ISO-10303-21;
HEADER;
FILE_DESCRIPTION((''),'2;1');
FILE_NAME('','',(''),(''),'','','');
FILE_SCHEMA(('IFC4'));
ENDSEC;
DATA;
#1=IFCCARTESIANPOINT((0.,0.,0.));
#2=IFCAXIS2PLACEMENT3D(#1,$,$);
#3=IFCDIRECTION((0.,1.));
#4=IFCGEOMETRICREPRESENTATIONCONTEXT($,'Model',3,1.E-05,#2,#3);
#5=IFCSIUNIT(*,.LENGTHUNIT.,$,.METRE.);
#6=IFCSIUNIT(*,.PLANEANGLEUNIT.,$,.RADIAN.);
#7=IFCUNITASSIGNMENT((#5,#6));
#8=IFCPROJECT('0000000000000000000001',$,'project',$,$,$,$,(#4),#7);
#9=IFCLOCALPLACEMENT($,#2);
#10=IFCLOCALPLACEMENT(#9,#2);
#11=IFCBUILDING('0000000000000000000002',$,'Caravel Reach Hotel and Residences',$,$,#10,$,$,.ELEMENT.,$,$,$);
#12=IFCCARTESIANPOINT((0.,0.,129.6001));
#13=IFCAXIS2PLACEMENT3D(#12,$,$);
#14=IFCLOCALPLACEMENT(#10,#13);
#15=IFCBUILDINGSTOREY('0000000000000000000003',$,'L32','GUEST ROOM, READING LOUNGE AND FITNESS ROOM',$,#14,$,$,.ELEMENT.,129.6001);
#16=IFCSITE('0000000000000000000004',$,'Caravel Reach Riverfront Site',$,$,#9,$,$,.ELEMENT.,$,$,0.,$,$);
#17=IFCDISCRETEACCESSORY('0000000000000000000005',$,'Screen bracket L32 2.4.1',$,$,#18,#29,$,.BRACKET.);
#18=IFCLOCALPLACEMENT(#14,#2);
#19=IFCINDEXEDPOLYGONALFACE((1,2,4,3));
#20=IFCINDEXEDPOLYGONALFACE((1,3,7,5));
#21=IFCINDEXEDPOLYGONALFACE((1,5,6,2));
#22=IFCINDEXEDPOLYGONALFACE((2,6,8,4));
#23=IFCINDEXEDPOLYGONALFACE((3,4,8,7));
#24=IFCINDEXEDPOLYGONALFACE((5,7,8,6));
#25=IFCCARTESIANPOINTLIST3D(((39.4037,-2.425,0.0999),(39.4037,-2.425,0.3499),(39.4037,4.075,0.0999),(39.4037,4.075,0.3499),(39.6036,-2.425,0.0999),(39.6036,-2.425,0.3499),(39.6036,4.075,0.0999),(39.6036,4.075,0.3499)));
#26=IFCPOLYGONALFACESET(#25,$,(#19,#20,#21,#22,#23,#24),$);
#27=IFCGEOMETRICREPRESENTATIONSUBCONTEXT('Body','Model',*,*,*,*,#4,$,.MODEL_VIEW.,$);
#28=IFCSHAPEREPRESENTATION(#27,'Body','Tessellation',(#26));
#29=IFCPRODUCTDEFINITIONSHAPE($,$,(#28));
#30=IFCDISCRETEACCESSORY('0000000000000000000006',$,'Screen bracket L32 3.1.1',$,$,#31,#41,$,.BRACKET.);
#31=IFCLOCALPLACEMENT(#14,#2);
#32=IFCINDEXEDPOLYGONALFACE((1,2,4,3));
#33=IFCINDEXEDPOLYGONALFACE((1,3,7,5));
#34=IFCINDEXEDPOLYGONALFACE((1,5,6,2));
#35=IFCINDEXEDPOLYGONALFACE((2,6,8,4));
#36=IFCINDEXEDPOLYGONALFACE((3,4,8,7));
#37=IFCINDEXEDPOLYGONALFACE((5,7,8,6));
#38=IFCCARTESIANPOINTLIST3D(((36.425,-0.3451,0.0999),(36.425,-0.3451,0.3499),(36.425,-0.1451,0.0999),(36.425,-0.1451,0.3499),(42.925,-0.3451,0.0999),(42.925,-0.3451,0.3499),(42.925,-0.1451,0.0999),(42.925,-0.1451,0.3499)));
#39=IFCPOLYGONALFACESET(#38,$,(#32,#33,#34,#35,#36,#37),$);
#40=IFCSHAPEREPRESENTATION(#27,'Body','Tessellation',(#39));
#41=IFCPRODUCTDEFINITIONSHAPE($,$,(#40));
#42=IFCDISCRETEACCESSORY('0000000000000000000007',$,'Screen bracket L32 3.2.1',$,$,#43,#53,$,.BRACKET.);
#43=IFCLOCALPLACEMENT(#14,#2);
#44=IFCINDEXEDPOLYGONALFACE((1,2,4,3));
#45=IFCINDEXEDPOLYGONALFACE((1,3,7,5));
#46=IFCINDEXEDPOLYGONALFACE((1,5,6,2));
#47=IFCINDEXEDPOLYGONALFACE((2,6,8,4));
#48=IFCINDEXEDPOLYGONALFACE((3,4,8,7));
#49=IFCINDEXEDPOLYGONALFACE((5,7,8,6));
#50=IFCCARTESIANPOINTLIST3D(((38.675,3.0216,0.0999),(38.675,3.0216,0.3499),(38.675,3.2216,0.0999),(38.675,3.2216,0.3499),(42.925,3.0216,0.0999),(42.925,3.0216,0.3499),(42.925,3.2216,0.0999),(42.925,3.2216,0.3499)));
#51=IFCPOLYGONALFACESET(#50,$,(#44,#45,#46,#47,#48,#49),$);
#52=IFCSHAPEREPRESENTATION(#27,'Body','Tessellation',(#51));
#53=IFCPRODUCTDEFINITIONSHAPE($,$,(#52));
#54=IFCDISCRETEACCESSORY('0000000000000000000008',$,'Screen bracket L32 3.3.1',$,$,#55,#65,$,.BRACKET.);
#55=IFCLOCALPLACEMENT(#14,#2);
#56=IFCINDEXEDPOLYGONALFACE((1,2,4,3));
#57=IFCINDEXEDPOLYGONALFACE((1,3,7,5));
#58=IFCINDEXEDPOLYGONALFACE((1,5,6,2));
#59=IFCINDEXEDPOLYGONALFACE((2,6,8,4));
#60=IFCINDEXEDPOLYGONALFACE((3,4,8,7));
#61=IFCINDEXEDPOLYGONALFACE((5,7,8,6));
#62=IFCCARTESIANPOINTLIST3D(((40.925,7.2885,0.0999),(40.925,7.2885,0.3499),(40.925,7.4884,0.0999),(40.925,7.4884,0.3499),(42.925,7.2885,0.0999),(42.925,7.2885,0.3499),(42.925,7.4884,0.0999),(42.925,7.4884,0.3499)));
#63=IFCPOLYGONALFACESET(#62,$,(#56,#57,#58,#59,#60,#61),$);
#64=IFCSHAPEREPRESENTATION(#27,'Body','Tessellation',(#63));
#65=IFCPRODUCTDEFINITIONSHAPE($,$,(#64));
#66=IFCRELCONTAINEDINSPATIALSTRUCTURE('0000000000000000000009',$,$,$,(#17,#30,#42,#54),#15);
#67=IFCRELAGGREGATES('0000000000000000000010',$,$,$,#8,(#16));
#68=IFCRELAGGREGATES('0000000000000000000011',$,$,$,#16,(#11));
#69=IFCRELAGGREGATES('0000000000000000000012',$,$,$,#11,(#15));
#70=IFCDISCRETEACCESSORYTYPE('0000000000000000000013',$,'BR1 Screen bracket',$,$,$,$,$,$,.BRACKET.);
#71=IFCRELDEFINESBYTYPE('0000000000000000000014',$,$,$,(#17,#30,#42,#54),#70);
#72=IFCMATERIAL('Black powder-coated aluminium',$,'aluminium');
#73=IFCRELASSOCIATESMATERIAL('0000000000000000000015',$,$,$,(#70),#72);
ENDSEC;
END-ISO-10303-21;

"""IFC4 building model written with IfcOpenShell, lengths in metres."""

from ifc_helpers import new_model, si_unit, direction, frame, origin, origin_2d, place, context, subcontext, project, spatial, rectangle, extrude, material, type_object, element, save


model = new_model("IFC4")

# Units and contexts
model_context = context("Model", 3, precision=1e-05, world=origin(), true_north=direction((0.0, 1.0)))
body_context = subcontext(model_context, "Body", "Model", "MODEL_VIEW")
ifc_project = project(units=[si_unit("LENGTHUNIT", "METRE"), si_unit("PLANEANGLEUNIT", "RADIAN")], contexts=[model_context])

# Site, building, storey
site_placement = place(None, origin())
site = spatial("IfcSite", under=ifc_project, at=site_placement, Name="Caravel Reach Riverfront Site", CompositionType="ELEMENT", RefElevation=0.0)
building_placement = place(site_placement, origin())
building = spatial("IfcBuilding", under=site, at=building_placement, Name="Caravel Reach Hotel and Residences", CompositionType="ELEMENT")
storey_placement = place(building_placement, frame((0.0, 0.0, 129.6001)))
storey = spatial("IfcBuildingStorey", under=building, at=storey_placement, Name="L32", Description="GUEST ROOM, READING LOUNGE AND FITNESS ROOM", CompositionType="ELEMENT", Elevation=129.6001)

# Discrete accessories
ifc_material_1 = material(Name="Black powder-coated aluminium", Category="aluminium")
discrete_accessory_type = type_object("IfcDiscreteAccessoryType", Name="BR1 Screen bracket", PredefinedType="BRACKET", material=ifc_material_1)
for number, where, z_axis, x_axis, name in (
    (1, (39.5037, 0.825, 0.0999), (0.0, 0.0, 1.0), (0.0, -1.0, 0.0), "Screen bracket L32 2.4.1"),
    (2, (39.675, -0.2451, 0.0999), (0.0, 0.0, 1.0), (1.0, 0.0, 0.0), "Screen bracket L32 3.1.1"),
):
    element("IfcDiscreteAccessory", number, at=place(storey_placement, frame(where, z_axis=z_axis, x_axis=x_axis)), inside=storey, type_object=discrete_accessory_type, Name=name, PredefinedType="BRACKET", context=body_context, shape_type="SweptSolid", body=[
        extrude(rectangle(XDim=6.5, YDim=0.2, at=origin_2d()), origin(), (0.0, 0.0, 1.0), 0.25),
    ])
discrete_accessory_1_placement = place(storey_placement, frame((40.8, 3.1216, 0.0999), z_axis=(0.0, 0.0, 1.0), x_axis=(1.0, 0.0, 0.0)))
element("IfcDiscreteAccessory", 3, at=discrete_accessory_1_placement, inside=storey, type_object=discrete_accessory_type, Name="Screen bracket L32 3.2.1", PredefinedType="BRACKET", context=body_context, shape_type="SweptSolid", body=[
    extrude(rectangle(XDim=4.25, YDim=0.2, at=origin_2d()), origin(), (0.0, 0.0, 1.0), 0.25),
])
discrete_accessory_2_placement = place(storey_placement, frame((41.925, 7.3884, 0.0999), z_axis=(0.0, 0.0, 1.0), x_axis=(1.0, 0.0, 0.0)))
element("IfcDiscreteAccessory", 4, at=discrete_accessory_2_placement, inside=storey, type_object=discrete_accessory_type, Name="Screen bracket L32 3.3.1", PredefinedType="BRACKET", context=body_context, shape_type="SweptSolid", body=[
    extrude(rectangle(XDim=2.0, YDim=0.2, at=origin_2d()), origin(), (0.0, 0.0, 1.0), 0.25),
])

save(model, "model.ifc")
